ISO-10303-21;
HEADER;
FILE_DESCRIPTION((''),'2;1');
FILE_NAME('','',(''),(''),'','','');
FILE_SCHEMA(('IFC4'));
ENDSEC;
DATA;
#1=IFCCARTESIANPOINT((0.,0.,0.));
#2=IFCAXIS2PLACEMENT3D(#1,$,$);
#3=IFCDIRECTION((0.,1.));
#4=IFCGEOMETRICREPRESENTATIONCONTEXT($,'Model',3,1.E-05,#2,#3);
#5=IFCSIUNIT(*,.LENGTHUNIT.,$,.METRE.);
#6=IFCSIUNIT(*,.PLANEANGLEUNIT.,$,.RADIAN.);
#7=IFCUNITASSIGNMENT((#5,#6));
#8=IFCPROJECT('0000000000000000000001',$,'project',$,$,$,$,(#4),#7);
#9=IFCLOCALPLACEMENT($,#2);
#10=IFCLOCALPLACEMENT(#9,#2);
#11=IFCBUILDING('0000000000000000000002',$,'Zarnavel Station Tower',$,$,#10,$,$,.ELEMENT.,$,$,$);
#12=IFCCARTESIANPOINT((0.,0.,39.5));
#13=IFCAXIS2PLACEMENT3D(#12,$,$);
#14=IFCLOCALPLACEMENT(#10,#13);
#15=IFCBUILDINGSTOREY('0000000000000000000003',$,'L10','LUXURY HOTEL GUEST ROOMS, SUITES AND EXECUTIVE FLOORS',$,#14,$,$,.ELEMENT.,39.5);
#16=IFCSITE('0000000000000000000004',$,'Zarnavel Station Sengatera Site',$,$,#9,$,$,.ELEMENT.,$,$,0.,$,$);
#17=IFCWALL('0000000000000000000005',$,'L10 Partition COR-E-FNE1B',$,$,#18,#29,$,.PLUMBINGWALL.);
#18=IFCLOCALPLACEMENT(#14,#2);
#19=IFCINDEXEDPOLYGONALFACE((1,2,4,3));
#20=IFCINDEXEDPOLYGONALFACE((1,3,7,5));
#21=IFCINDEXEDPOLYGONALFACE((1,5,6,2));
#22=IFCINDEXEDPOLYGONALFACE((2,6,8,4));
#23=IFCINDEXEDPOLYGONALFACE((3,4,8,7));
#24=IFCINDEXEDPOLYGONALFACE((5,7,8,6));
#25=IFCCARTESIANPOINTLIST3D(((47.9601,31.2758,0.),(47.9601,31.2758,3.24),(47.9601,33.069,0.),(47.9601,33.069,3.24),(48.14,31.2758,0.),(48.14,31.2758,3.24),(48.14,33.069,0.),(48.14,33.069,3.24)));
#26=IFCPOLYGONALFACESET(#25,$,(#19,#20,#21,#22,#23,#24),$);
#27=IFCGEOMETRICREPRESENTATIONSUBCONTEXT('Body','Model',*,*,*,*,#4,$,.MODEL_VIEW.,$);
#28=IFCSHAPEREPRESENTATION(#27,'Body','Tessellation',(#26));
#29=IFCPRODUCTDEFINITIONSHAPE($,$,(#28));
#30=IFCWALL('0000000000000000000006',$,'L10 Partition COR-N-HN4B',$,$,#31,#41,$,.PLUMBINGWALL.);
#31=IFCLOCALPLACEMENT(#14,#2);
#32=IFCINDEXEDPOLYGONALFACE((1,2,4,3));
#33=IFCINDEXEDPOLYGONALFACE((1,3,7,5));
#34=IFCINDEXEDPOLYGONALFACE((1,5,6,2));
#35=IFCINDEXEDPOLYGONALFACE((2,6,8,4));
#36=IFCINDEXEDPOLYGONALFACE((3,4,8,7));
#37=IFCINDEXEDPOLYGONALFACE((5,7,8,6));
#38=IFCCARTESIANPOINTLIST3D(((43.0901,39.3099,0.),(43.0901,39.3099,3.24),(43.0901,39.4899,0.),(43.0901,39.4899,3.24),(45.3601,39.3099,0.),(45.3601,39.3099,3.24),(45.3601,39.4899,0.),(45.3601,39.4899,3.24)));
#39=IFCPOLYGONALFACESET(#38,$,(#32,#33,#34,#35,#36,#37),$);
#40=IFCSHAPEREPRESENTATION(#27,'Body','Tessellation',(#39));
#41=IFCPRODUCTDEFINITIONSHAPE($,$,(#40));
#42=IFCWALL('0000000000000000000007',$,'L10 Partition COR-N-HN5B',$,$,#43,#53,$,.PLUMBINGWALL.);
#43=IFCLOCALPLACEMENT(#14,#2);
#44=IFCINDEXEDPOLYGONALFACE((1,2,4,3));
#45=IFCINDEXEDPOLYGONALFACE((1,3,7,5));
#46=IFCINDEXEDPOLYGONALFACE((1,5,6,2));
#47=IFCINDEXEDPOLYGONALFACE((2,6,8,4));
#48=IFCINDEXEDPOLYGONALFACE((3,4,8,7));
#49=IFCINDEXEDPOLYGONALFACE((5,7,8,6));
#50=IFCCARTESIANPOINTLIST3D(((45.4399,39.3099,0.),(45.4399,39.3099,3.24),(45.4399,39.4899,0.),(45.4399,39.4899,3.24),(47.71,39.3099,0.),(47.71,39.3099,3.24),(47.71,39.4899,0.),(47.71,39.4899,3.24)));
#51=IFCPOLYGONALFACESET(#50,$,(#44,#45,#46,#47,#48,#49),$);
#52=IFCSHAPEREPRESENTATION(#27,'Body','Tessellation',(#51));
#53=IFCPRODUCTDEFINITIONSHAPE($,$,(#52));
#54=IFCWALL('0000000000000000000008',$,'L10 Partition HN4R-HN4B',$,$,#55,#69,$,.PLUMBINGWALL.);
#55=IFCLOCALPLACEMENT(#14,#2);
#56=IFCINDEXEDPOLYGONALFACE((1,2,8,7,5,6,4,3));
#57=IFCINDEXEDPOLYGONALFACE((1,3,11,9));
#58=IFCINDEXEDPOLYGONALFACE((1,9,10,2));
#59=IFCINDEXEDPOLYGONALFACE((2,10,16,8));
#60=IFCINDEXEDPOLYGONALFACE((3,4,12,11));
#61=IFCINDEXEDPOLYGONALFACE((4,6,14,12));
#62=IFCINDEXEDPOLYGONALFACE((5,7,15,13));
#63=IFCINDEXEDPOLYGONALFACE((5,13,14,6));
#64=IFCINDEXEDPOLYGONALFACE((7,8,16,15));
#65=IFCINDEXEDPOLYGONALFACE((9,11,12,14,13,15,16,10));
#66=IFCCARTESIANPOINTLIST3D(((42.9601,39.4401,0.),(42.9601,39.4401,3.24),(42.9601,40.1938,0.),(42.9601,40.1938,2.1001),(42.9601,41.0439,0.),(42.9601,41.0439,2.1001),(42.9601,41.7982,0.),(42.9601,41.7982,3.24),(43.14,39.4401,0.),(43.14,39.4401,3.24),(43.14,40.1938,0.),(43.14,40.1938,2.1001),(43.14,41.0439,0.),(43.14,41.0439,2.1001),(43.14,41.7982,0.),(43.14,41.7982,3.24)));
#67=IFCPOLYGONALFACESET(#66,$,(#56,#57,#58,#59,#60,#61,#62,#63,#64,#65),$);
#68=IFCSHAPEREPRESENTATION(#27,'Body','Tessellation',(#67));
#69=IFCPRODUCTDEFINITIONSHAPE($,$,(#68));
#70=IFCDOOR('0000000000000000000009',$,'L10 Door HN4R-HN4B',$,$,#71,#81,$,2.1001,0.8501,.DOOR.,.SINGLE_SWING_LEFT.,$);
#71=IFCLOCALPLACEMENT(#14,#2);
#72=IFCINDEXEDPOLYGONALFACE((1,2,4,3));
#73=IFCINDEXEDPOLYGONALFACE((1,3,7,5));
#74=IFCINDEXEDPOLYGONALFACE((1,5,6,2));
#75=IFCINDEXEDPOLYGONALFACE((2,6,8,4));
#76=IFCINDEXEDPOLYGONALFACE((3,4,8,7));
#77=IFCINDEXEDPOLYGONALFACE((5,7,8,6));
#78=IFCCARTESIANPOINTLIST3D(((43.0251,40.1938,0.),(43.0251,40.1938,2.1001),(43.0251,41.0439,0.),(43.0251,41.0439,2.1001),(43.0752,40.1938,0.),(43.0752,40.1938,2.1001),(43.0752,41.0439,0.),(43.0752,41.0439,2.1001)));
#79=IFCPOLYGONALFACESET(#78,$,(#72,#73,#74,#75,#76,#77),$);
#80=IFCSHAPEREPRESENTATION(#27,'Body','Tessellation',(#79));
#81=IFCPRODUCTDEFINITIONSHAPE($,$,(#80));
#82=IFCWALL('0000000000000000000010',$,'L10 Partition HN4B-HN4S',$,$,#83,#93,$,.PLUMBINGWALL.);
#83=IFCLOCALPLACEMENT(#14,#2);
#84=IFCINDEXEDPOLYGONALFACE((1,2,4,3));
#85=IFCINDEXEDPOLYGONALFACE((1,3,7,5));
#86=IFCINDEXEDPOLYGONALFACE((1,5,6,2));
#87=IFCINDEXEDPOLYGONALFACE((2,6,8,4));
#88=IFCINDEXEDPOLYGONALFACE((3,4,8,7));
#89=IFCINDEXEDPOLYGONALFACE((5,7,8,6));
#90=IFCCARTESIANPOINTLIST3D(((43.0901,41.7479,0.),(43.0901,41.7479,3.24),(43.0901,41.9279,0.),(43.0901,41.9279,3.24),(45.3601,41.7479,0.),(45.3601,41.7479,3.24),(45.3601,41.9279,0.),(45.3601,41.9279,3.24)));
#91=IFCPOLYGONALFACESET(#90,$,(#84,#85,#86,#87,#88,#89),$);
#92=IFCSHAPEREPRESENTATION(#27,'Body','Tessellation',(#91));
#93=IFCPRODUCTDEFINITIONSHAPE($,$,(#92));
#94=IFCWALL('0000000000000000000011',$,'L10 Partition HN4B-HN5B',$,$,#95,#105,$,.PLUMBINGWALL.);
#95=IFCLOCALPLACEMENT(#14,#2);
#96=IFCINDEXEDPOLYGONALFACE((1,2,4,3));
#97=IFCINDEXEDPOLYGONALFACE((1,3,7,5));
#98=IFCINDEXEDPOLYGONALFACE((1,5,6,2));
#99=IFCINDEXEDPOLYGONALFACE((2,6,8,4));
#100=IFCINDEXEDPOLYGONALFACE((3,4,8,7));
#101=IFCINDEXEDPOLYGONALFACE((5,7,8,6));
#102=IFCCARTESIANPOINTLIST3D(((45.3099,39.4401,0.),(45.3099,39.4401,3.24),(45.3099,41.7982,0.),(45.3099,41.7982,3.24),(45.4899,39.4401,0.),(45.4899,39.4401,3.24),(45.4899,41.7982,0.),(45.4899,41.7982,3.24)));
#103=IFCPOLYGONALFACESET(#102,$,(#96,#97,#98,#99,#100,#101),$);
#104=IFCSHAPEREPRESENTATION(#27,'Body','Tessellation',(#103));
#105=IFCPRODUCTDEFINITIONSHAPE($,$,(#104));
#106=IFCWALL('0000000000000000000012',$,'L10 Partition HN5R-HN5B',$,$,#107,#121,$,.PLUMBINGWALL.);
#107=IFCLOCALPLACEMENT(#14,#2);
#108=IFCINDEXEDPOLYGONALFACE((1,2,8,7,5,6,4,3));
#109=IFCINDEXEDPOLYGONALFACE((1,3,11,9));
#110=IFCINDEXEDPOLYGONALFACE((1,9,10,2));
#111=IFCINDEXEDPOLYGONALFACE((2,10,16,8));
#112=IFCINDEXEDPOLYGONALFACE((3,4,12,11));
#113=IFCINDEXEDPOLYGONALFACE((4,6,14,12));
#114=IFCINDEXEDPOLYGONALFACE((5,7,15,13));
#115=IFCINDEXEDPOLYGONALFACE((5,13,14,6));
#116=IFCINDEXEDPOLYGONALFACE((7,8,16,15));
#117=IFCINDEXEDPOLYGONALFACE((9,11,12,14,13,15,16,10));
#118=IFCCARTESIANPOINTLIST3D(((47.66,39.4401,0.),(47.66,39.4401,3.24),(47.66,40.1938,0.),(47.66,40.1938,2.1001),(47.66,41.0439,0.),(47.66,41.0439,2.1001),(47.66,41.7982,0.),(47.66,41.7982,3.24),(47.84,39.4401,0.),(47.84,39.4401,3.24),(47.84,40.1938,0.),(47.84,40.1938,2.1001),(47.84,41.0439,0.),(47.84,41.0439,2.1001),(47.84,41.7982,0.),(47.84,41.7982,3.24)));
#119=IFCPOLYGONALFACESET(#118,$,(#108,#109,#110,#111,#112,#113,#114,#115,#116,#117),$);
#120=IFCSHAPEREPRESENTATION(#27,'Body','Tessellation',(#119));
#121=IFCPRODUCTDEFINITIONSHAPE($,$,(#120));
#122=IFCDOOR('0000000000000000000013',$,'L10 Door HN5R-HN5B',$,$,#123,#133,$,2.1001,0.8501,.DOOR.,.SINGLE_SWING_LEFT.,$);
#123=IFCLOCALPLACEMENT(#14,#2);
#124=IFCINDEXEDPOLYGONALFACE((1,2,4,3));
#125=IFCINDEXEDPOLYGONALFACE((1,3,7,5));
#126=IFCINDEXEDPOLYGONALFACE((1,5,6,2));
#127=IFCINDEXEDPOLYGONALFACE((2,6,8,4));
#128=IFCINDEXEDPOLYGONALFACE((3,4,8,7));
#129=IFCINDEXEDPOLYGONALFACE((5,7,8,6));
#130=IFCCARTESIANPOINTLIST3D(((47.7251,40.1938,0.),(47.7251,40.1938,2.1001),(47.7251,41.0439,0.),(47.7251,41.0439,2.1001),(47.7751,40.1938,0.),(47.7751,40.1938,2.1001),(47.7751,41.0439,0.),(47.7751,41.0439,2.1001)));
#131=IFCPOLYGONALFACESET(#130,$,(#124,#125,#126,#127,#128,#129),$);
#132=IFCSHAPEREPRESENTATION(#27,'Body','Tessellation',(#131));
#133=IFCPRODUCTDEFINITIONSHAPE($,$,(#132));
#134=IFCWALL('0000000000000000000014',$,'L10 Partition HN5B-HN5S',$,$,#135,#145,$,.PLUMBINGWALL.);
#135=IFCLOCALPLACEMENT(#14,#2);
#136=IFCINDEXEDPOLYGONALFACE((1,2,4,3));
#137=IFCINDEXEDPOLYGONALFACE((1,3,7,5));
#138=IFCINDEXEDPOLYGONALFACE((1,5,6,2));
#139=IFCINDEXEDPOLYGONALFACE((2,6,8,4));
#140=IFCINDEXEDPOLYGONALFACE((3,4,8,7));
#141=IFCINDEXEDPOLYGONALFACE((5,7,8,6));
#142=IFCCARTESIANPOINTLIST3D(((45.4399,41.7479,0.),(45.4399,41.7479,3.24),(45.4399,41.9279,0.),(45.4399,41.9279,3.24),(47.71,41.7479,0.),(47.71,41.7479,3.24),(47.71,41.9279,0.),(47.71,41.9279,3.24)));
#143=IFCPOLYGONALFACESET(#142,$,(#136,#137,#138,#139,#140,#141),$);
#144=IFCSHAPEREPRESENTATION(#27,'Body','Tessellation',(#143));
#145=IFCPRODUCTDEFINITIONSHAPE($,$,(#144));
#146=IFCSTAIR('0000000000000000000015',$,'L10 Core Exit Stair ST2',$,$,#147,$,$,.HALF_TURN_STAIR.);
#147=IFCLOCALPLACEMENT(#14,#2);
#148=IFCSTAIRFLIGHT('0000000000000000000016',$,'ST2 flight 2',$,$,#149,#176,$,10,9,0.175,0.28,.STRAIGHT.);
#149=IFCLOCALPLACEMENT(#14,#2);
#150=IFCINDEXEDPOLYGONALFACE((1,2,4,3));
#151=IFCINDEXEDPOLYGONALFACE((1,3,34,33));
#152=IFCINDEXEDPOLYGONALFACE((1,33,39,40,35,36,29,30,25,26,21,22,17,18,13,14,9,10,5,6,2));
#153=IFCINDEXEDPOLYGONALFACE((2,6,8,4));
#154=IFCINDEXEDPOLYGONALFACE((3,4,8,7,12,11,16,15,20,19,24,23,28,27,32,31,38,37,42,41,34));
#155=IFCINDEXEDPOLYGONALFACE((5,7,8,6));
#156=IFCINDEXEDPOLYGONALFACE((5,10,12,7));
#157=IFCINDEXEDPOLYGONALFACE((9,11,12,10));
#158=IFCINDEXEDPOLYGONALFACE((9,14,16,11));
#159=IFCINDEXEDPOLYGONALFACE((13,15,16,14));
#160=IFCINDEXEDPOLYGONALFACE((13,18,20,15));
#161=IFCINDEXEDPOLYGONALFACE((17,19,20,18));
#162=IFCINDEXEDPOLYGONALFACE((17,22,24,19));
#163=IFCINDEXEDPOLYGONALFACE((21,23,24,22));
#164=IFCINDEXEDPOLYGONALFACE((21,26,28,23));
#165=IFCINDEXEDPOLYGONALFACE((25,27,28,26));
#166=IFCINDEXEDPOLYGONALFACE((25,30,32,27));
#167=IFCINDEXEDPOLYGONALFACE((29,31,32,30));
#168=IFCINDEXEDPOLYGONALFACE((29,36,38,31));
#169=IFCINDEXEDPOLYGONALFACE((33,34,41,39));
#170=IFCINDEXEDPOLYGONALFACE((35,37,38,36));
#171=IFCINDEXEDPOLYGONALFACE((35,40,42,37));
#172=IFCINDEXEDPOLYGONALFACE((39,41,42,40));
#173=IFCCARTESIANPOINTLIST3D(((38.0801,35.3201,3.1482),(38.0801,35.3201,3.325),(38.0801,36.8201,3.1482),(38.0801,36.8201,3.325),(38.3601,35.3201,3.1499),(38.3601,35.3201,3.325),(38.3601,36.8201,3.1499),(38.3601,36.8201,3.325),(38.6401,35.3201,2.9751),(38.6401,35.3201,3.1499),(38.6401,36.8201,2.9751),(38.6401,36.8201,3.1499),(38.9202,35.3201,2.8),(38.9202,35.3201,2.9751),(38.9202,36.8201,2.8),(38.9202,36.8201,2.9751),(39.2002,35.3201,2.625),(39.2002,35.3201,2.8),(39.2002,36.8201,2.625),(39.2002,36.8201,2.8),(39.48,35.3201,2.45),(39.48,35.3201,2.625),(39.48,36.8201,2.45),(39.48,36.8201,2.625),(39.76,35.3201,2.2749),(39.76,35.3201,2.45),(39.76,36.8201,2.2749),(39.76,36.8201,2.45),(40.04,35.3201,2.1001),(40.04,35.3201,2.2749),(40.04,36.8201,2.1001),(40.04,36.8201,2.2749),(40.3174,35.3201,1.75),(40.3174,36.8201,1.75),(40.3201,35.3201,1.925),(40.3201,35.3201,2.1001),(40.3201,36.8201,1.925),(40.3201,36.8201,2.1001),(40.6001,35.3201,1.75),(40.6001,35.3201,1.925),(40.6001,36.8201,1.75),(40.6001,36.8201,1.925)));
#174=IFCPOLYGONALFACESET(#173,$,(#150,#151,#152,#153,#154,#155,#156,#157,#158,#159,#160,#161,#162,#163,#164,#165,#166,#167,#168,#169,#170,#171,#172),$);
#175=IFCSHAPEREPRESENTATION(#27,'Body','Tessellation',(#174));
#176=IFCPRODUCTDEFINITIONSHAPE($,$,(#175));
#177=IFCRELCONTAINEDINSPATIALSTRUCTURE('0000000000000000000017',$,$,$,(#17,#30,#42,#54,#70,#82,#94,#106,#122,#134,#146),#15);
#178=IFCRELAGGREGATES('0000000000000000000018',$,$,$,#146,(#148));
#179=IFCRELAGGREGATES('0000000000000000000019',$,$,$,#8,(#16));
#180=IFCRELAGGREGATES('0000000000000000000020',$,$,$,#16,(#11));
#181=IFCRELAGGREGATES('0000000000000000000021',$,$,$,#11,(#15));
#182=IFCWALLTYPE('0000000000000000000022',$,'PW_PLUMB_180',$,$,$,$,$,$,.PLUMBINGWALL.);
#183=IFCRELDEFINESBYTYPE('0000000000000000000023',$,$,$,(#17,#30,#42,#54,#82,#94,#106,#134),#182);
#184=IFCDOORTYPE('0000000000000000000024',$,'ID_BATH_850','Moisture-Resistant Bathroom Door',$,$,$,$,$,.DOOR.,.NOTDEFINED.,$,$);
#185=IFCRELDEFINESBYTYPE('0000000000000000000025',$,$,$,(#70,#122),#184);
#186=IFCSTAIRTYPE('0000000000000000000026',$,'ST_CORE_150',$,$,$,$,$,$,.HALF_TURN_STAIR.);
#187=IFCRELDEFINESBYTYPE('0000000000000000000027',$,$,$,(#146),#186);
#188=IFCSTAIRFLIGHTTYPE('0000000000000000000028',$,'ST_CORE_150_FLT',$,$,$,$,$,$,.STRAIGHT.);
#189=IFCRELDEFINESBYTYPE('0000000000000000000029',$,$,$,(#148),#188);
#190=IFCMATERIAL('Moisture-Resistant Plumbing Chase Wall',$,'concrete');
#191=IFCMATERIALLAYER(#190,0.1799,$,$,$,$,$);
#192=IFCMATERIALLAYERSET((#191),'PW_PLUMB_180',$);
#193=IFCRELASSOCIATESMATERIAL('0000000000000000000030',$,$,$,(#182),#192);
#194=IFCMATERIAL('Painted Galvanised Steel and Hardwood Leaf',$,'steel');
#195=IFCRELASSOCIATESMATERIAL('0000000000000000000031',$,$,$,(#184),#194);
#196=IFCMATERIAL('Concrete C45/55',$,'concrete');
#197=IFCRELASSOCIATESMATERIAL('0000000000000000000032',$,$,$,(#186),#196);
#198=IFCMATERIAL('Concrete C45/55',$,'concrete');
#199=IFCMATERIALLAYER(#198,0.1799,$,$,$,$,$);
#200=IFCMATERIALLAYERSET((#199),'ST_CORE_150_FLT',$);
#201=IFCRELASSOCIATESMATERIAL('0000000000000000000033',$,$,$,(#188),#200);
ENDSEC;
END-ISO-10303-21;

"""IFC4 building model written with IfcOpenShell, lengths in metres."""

from ifc_helpers import new_model, si_unit, direction, frame, frame_2d, origin, place, context, subcontext, project, spatial, polyline, rectangle, outline, extrude, material, layer, layer_set, type_object, element, fill, aggregate, save


model = new_model("IFC4")

# Units and contexts
model_context = context("Model", 3, precision=1e-05, world=origin(), true_north=direction((0.0, 1.0)))
body_context = subcontext(model_context, "Body", "Model", "MODEL_VIEW")
ifc_project = project(units=[si_unit("LENGTHUNIT", "METRE"), si_unit("PLANEANGLEUNIT", "RADIAN")], contexts=[model_context])

# Site, building, storey
site_placement = place(None, origin())
site = spatial("IfcSite", under=ifc_project, at=site_placement, Name="Zarnavel Station Sengatera Site", CompositionType="ELEMENT", RefElevation=0.0)
building_placement = place(site_placement, origin())
building = spatial("IfcBuilding", under=site, at=building_placement, Name="Zarnavel Station Tower", CompositionType="ELEMENT")
storey_placement = place(building_placement, frame((0.0, 0.0, 39.5)))
storey = spatial("IfcBuildingStorey", under=building, at=storey_placement, Name="L10", Description="LUXURY HOTEL GUEST ROOMS, SUITES AND EXECUTIVE FLOORS", CompositionType="ELEMENT", Elevation=39.5)

# Walls
ifc_material_1 = material(Name="Moisture-Resistant Plumbing Chase Wall", Category="concrete")
ifc_layer_1 = layer(ifc_material_1, 0.1799)
ifc_layer_set_1 = layer_set([ifc_layer_1], Name="PW_PLUMB_180")
wall_type_1 = type_object("IfcWallType", Name="PW_PLUMB_180", PredefinedType="PLUMBINGWALL", material=ifc_layer_set_1)
wall_1_placement = place(storey_placement, frame((48.05, 31.2759, 0.0), z_axis=(0.0, 0.0, 1.0), x_axis=(0.0, 1.0, 0.0)))
element("IfcWall", 1, at=wall_1_placement, inside=storey, type_object=wall_type_1, Name="L10 Partition COR-E-FNE1B", PredefinedType="PLUMBINGWALL", context=body_context, shape_type="SweptSolid", body=[
    extrude(rectangle(XDim=1.7932, YDim=0.1799, at=frame_2d((0.8965, 0.0))), origin(), (0.0, 0.0, 1.0), 3.24),
])
for number, where, z_axis, x_axis, name in (
    (2, (43.0901, 39.3999, 0.0), (0.0, 0.0, 1.0), (1.0, 0.0, 0.0), "L10 Partition COR-N-HN4B"),
    (3, (45.4399, 39.3999, 0.0), (0.0, 0.0, 1.0), (1.0, 0.0, 0.0), "L10 Partition COR-N-HN5B"),
):
    element("IfcWall", number, at=place(storey_placement, frame(where, z_axis=z_axis, x_axis=x_axis)), inside=storey, type_object=wall_type_1, Name=name, PredefinedType="PLUMBINGWALL", context=body_context, shape_type="SweptSolid", body=[
        extrude(rectangle(XDim=2.27, YDim=0.1799, at=frame_2d((1.135, 0.0))), origin(), (0.0, 0.0, 1.0), 3.24),
    ])

# Wall, opening, door
wall_2_placement = place(storey_placement, frame((43.05, 39.4399, 0.0), z_axis=(0.0, 0.0, 1.0), x_axis=(0.0, 1.0, 0.0)))
wall_2 = element("IfcWall", 4, at=wall_2_placement, inside=storey, type_object=wall_type_1, Name="L10 Partition HN4R-HN4B", PredefinedType="PLUMBINGWALL", context=body_context, shape_type="SweptSolid", body=[
    extrude(rectangle(XDim=2.3582, YDim=0.1799, at=frame_2d((1.1792, 0.0))), origin(), (0.0, 0.0, 1.0), 3.24),
])
opening_1_placement = place(wall_2_placement, frame((0.7539, 0.0, 0.0)))
opening_1 = element("IfcOpeningElement", 5, at=opening_1_placement, cuts=wall_2, PredefinedType="OPENING", context=body_context, shape_type="SweptSolid", body=[
    extrude(rectangle(XDim=0.8501, YDim=2.1001, at=frame_2d((0.425, 1.05))), frame((0.0, 0.0999, 0.0), z_axis=(0.0, -1.0, 0.0), x_axis=(1.0, 0.0, 0.0)), (0.0, 0.0, 1.0), 0.2),
])
ifc_material_2 = material(Name="Painted Galvanised Steel and Hardwood Leaf", Category="steel")
door_type_1 = type_object("IfcDoorType", Name="ID_BATH_850", Description="Moisture-Resistant Bathroom Door", OperationType="NOTDEFINED", PredefinedType="DOOR", material=ifc_material_2)
door_1_placement = place(opening_1_placement, origin())
door_1 = element("IfcDoor", 6, at=door_1_placement, inside=storey, type_object=door_type_1, Name="L10 Door HN4R-HN4B", OperationType="SINGLE_SWING_LEFT", OverallHeight=2.1001, OverallWidth=0.8501, PredefinedType="DOOR", context=body_context, shape_type="SweptSolid", body=[
    extrude(rectangle(XDim=0.8501, YDim=2.1001, at=frame_2d((0.425, 1.05))), frame((0.0, 0.0249, 0.0), z_axis=(0.0, -1.0, 0.0), x_axis=(1.0, 0.0, 0.0)), (0.0, 0.0, 1.0), 0.05),
])
fill(opening_1, door_1)

# Walls
wall_3_placement = place(storey_placement, frame((43.0901, 41.8379, 0.0), z_axis=(0.0, 0.0, 1.0), x_axis=(1.0, 0.0, 0.0)))
element("IfcWall", 7, at=wall_3_placement, inside=storey, type_object=wall_type_1, Name="L10 Partition HN4B-HN4S", PredefinedType="PLUMBINGWALL", context=body_context, shape_type="SweptSolid", body=[
    extrude(rectangle(XDim=2.27, YDim=0.1799, at=frame_2d((1.135, 0.0))), origin(), (0.0, 0.0, 1.0), 3.24),
])
wall_4_placement = place(storey_placement, frame((45.3999, 39.4399, 0.0), z_axis=(0.0, 0.0, 1.0), x_axis=(0.0, 1.0, 0.0)))
element("IfcWall", 8, at=wall_4_placement, inside=storey, type_object=wall_type_1, Name="L10 Partition HN4B-HN5B", PredefinedType="PLUMBINGWALL", context=body_context, shape_type="SweptSolid", body=[
    extrude(rectangle(XDim=2.3582, YDim=0.1799, at=frame_2d((1.1792, 0.0))), origin(), (0.0, 0.0, 1.0), 3.24),
])

# Wall, opening, door
wall_5_placement = place(storey_placement, frame((47.75, 39.4399, 0.0), z_axis=(0.0, 0.0, 1.0), x_axis=(0.0, 1.0, 0.0)))
wall_5 = element("IfcWall", 9, at=wall_5_placement, inside=storey, type_object=wall_type_1, Name="L10 Partition HN5R-HN5B", PredefinedType="PLUMBINGWALL", context=body_context, shape_type="SweptSolid", body=[
    extrude(rectangle(XDim=2.3582, YDim=0.1799, at=frame_2d((1.1792, 0.0))), origin(), (0.0, 0.0, 1.0), 3.24),
])
opening_2_placement = place(wall_5_placement, frame((0.7539, 0.0, 0.0)))
opening_2 = element("IfcOpeningElement", 10, at=opening_2_placement, cuts=wall_5, PredefinedType="OPENING", context=body_context, shape_type="SweptSolid", body=[
    extrude(rectangle(XDim=0.8501, YDim=2.1001, at=frame_2d((0.425, 1.05))), frame((0.0, 0.0999, 0.0), z_axis=(0.0, -1.0, 0.0), x_axis=(1.0, 0.0, 0.0)), (0.0, 0.0, 1.0), 0.2),
])
door_2_placement = place(opening_2_placement, origin())
door_2 = element("IfcDoor", 11, at=door_2_placement, inside=storey, type_object=door_type_1, Name="L10 Door HN5R-HN5B", OperationType="SINGLE_SWING_LEFT", OverallHeight=2.1001, OverallWidth=0.8501, PredefinedType="DOOR", context=body_context, shape_type="SweptSolid", body=[
    extrude(rectangle(XDim=0.8501, YDim=2.1001, at=frame_2d((0.425, 1.05))), frame((0.0, 0.0249, 0.0), z_axis=(0.0, -1.0, 0.0), x_axis=(1.0, 0.0, 0.0)), (0.0, 0.0, 1.0), 0.05),
])
fill(opening_2, door_2)

# Wall
wall_6_placement = place(storey_placement, frame((45.4399, 41.8379, 0.0), z_axis=(0.0, 0.0, 1.0), x_axis=(1.0, 0.0, 0.0)))
element("IfcWall", 12, at=wall_6_placement, inside=storey, type_object=wall_type_1, Name="L10 Partition HN5B-HN5S", PredefinedType="PLUMBINGWALL", context=body_context, shape_type="SweptSolid", body=[
    extrude(rectangle(XDim=2.27, YDim=0.1799, at=frame_2d((1.135, 0.0))), origin(), (0.0, 0.0, 1.0), 3.24),
])

# Stair, stair flight
ifc_material_3 = material(Name="Concrete C45/55", Category="concrete")
stair_type = type_object("IfcStairType", Name="ST_CORE_150", PredefinedType="HALF_TURN_STAIR", material=ifc_material_3)
stair_placement = place(storey_placement, origin())
stair = element("IfcStair", 13, at=stair_placement, inside=storey, type_object=stair_type, Name="L10 Core Exit Stair ST2", PredefinedType="HALF_TURN_STAIR")
ifc_material_4 = material(Name="Concrete C45/55", Category="concrete")
ifc_layer_2 = layer(ifc_material_4, 0.1799)
ifc_layer_set_2 = layer_set([ifc_layer_2], Name="ST_CORE_150_FLT")
stair_flight_type = type_object("IfcStairFlightType", Name="ST_CORE_150_FLT", PredefinedType="STRAIGHT", material=ifc_layer_set_2)
stair_flight_placement = place(storey_placement, frame((40.6001, 36.0701, 1.75), z_axis=(0.0, 0.0, 1.0), x_axis=(-1.0, 0.0, 0.0)))
stair_flight = element("IfcStairFlight", 14, at=stair_flight_placement, type_object=stair_flight_type, Name="ST2 flight 2", NumberOfRisers=10, NumberOfTreads=9, PredefinedType="STRAIGHT", RiserHeight=0.175, TreadLength=0.28, context=body_context, shape_type="SweptSolid", body=[
    extrude(outline(polyline([(0.0, 0.0), (0.0, 0.175), (0.28, 0.175), (0.28, 0.3501), (0.5601, 0.3501), (0.5601, 0.5249), (0.8401, 0.5249), (0.8401, 0.7), (1.1201, 0.7), (1.1201, 0.875), (1.3999, 0.875), (1.3999, 1.05), (1.6799, 1.05), (1.6799, 1.2251), (1.96, 1.2251), (1.96, 1.3999), (2.24, 1.3999), (2.24, 1.575), (2.52, 1.575), (2.52, 1.75), (2.52, 1.3982), (0.2827, 0.0), (0.0, 0.0)])), frame((0.0, 0.75, 0.0), z_axis=(0.0, -1.0, 0.0), x_axis=(1.0, 0.0, 0.0)), (0.0, 0.0, 1.0), 1.5),
])
aggregate(stair, [stair_flight])

save(model, "model.ifc")
